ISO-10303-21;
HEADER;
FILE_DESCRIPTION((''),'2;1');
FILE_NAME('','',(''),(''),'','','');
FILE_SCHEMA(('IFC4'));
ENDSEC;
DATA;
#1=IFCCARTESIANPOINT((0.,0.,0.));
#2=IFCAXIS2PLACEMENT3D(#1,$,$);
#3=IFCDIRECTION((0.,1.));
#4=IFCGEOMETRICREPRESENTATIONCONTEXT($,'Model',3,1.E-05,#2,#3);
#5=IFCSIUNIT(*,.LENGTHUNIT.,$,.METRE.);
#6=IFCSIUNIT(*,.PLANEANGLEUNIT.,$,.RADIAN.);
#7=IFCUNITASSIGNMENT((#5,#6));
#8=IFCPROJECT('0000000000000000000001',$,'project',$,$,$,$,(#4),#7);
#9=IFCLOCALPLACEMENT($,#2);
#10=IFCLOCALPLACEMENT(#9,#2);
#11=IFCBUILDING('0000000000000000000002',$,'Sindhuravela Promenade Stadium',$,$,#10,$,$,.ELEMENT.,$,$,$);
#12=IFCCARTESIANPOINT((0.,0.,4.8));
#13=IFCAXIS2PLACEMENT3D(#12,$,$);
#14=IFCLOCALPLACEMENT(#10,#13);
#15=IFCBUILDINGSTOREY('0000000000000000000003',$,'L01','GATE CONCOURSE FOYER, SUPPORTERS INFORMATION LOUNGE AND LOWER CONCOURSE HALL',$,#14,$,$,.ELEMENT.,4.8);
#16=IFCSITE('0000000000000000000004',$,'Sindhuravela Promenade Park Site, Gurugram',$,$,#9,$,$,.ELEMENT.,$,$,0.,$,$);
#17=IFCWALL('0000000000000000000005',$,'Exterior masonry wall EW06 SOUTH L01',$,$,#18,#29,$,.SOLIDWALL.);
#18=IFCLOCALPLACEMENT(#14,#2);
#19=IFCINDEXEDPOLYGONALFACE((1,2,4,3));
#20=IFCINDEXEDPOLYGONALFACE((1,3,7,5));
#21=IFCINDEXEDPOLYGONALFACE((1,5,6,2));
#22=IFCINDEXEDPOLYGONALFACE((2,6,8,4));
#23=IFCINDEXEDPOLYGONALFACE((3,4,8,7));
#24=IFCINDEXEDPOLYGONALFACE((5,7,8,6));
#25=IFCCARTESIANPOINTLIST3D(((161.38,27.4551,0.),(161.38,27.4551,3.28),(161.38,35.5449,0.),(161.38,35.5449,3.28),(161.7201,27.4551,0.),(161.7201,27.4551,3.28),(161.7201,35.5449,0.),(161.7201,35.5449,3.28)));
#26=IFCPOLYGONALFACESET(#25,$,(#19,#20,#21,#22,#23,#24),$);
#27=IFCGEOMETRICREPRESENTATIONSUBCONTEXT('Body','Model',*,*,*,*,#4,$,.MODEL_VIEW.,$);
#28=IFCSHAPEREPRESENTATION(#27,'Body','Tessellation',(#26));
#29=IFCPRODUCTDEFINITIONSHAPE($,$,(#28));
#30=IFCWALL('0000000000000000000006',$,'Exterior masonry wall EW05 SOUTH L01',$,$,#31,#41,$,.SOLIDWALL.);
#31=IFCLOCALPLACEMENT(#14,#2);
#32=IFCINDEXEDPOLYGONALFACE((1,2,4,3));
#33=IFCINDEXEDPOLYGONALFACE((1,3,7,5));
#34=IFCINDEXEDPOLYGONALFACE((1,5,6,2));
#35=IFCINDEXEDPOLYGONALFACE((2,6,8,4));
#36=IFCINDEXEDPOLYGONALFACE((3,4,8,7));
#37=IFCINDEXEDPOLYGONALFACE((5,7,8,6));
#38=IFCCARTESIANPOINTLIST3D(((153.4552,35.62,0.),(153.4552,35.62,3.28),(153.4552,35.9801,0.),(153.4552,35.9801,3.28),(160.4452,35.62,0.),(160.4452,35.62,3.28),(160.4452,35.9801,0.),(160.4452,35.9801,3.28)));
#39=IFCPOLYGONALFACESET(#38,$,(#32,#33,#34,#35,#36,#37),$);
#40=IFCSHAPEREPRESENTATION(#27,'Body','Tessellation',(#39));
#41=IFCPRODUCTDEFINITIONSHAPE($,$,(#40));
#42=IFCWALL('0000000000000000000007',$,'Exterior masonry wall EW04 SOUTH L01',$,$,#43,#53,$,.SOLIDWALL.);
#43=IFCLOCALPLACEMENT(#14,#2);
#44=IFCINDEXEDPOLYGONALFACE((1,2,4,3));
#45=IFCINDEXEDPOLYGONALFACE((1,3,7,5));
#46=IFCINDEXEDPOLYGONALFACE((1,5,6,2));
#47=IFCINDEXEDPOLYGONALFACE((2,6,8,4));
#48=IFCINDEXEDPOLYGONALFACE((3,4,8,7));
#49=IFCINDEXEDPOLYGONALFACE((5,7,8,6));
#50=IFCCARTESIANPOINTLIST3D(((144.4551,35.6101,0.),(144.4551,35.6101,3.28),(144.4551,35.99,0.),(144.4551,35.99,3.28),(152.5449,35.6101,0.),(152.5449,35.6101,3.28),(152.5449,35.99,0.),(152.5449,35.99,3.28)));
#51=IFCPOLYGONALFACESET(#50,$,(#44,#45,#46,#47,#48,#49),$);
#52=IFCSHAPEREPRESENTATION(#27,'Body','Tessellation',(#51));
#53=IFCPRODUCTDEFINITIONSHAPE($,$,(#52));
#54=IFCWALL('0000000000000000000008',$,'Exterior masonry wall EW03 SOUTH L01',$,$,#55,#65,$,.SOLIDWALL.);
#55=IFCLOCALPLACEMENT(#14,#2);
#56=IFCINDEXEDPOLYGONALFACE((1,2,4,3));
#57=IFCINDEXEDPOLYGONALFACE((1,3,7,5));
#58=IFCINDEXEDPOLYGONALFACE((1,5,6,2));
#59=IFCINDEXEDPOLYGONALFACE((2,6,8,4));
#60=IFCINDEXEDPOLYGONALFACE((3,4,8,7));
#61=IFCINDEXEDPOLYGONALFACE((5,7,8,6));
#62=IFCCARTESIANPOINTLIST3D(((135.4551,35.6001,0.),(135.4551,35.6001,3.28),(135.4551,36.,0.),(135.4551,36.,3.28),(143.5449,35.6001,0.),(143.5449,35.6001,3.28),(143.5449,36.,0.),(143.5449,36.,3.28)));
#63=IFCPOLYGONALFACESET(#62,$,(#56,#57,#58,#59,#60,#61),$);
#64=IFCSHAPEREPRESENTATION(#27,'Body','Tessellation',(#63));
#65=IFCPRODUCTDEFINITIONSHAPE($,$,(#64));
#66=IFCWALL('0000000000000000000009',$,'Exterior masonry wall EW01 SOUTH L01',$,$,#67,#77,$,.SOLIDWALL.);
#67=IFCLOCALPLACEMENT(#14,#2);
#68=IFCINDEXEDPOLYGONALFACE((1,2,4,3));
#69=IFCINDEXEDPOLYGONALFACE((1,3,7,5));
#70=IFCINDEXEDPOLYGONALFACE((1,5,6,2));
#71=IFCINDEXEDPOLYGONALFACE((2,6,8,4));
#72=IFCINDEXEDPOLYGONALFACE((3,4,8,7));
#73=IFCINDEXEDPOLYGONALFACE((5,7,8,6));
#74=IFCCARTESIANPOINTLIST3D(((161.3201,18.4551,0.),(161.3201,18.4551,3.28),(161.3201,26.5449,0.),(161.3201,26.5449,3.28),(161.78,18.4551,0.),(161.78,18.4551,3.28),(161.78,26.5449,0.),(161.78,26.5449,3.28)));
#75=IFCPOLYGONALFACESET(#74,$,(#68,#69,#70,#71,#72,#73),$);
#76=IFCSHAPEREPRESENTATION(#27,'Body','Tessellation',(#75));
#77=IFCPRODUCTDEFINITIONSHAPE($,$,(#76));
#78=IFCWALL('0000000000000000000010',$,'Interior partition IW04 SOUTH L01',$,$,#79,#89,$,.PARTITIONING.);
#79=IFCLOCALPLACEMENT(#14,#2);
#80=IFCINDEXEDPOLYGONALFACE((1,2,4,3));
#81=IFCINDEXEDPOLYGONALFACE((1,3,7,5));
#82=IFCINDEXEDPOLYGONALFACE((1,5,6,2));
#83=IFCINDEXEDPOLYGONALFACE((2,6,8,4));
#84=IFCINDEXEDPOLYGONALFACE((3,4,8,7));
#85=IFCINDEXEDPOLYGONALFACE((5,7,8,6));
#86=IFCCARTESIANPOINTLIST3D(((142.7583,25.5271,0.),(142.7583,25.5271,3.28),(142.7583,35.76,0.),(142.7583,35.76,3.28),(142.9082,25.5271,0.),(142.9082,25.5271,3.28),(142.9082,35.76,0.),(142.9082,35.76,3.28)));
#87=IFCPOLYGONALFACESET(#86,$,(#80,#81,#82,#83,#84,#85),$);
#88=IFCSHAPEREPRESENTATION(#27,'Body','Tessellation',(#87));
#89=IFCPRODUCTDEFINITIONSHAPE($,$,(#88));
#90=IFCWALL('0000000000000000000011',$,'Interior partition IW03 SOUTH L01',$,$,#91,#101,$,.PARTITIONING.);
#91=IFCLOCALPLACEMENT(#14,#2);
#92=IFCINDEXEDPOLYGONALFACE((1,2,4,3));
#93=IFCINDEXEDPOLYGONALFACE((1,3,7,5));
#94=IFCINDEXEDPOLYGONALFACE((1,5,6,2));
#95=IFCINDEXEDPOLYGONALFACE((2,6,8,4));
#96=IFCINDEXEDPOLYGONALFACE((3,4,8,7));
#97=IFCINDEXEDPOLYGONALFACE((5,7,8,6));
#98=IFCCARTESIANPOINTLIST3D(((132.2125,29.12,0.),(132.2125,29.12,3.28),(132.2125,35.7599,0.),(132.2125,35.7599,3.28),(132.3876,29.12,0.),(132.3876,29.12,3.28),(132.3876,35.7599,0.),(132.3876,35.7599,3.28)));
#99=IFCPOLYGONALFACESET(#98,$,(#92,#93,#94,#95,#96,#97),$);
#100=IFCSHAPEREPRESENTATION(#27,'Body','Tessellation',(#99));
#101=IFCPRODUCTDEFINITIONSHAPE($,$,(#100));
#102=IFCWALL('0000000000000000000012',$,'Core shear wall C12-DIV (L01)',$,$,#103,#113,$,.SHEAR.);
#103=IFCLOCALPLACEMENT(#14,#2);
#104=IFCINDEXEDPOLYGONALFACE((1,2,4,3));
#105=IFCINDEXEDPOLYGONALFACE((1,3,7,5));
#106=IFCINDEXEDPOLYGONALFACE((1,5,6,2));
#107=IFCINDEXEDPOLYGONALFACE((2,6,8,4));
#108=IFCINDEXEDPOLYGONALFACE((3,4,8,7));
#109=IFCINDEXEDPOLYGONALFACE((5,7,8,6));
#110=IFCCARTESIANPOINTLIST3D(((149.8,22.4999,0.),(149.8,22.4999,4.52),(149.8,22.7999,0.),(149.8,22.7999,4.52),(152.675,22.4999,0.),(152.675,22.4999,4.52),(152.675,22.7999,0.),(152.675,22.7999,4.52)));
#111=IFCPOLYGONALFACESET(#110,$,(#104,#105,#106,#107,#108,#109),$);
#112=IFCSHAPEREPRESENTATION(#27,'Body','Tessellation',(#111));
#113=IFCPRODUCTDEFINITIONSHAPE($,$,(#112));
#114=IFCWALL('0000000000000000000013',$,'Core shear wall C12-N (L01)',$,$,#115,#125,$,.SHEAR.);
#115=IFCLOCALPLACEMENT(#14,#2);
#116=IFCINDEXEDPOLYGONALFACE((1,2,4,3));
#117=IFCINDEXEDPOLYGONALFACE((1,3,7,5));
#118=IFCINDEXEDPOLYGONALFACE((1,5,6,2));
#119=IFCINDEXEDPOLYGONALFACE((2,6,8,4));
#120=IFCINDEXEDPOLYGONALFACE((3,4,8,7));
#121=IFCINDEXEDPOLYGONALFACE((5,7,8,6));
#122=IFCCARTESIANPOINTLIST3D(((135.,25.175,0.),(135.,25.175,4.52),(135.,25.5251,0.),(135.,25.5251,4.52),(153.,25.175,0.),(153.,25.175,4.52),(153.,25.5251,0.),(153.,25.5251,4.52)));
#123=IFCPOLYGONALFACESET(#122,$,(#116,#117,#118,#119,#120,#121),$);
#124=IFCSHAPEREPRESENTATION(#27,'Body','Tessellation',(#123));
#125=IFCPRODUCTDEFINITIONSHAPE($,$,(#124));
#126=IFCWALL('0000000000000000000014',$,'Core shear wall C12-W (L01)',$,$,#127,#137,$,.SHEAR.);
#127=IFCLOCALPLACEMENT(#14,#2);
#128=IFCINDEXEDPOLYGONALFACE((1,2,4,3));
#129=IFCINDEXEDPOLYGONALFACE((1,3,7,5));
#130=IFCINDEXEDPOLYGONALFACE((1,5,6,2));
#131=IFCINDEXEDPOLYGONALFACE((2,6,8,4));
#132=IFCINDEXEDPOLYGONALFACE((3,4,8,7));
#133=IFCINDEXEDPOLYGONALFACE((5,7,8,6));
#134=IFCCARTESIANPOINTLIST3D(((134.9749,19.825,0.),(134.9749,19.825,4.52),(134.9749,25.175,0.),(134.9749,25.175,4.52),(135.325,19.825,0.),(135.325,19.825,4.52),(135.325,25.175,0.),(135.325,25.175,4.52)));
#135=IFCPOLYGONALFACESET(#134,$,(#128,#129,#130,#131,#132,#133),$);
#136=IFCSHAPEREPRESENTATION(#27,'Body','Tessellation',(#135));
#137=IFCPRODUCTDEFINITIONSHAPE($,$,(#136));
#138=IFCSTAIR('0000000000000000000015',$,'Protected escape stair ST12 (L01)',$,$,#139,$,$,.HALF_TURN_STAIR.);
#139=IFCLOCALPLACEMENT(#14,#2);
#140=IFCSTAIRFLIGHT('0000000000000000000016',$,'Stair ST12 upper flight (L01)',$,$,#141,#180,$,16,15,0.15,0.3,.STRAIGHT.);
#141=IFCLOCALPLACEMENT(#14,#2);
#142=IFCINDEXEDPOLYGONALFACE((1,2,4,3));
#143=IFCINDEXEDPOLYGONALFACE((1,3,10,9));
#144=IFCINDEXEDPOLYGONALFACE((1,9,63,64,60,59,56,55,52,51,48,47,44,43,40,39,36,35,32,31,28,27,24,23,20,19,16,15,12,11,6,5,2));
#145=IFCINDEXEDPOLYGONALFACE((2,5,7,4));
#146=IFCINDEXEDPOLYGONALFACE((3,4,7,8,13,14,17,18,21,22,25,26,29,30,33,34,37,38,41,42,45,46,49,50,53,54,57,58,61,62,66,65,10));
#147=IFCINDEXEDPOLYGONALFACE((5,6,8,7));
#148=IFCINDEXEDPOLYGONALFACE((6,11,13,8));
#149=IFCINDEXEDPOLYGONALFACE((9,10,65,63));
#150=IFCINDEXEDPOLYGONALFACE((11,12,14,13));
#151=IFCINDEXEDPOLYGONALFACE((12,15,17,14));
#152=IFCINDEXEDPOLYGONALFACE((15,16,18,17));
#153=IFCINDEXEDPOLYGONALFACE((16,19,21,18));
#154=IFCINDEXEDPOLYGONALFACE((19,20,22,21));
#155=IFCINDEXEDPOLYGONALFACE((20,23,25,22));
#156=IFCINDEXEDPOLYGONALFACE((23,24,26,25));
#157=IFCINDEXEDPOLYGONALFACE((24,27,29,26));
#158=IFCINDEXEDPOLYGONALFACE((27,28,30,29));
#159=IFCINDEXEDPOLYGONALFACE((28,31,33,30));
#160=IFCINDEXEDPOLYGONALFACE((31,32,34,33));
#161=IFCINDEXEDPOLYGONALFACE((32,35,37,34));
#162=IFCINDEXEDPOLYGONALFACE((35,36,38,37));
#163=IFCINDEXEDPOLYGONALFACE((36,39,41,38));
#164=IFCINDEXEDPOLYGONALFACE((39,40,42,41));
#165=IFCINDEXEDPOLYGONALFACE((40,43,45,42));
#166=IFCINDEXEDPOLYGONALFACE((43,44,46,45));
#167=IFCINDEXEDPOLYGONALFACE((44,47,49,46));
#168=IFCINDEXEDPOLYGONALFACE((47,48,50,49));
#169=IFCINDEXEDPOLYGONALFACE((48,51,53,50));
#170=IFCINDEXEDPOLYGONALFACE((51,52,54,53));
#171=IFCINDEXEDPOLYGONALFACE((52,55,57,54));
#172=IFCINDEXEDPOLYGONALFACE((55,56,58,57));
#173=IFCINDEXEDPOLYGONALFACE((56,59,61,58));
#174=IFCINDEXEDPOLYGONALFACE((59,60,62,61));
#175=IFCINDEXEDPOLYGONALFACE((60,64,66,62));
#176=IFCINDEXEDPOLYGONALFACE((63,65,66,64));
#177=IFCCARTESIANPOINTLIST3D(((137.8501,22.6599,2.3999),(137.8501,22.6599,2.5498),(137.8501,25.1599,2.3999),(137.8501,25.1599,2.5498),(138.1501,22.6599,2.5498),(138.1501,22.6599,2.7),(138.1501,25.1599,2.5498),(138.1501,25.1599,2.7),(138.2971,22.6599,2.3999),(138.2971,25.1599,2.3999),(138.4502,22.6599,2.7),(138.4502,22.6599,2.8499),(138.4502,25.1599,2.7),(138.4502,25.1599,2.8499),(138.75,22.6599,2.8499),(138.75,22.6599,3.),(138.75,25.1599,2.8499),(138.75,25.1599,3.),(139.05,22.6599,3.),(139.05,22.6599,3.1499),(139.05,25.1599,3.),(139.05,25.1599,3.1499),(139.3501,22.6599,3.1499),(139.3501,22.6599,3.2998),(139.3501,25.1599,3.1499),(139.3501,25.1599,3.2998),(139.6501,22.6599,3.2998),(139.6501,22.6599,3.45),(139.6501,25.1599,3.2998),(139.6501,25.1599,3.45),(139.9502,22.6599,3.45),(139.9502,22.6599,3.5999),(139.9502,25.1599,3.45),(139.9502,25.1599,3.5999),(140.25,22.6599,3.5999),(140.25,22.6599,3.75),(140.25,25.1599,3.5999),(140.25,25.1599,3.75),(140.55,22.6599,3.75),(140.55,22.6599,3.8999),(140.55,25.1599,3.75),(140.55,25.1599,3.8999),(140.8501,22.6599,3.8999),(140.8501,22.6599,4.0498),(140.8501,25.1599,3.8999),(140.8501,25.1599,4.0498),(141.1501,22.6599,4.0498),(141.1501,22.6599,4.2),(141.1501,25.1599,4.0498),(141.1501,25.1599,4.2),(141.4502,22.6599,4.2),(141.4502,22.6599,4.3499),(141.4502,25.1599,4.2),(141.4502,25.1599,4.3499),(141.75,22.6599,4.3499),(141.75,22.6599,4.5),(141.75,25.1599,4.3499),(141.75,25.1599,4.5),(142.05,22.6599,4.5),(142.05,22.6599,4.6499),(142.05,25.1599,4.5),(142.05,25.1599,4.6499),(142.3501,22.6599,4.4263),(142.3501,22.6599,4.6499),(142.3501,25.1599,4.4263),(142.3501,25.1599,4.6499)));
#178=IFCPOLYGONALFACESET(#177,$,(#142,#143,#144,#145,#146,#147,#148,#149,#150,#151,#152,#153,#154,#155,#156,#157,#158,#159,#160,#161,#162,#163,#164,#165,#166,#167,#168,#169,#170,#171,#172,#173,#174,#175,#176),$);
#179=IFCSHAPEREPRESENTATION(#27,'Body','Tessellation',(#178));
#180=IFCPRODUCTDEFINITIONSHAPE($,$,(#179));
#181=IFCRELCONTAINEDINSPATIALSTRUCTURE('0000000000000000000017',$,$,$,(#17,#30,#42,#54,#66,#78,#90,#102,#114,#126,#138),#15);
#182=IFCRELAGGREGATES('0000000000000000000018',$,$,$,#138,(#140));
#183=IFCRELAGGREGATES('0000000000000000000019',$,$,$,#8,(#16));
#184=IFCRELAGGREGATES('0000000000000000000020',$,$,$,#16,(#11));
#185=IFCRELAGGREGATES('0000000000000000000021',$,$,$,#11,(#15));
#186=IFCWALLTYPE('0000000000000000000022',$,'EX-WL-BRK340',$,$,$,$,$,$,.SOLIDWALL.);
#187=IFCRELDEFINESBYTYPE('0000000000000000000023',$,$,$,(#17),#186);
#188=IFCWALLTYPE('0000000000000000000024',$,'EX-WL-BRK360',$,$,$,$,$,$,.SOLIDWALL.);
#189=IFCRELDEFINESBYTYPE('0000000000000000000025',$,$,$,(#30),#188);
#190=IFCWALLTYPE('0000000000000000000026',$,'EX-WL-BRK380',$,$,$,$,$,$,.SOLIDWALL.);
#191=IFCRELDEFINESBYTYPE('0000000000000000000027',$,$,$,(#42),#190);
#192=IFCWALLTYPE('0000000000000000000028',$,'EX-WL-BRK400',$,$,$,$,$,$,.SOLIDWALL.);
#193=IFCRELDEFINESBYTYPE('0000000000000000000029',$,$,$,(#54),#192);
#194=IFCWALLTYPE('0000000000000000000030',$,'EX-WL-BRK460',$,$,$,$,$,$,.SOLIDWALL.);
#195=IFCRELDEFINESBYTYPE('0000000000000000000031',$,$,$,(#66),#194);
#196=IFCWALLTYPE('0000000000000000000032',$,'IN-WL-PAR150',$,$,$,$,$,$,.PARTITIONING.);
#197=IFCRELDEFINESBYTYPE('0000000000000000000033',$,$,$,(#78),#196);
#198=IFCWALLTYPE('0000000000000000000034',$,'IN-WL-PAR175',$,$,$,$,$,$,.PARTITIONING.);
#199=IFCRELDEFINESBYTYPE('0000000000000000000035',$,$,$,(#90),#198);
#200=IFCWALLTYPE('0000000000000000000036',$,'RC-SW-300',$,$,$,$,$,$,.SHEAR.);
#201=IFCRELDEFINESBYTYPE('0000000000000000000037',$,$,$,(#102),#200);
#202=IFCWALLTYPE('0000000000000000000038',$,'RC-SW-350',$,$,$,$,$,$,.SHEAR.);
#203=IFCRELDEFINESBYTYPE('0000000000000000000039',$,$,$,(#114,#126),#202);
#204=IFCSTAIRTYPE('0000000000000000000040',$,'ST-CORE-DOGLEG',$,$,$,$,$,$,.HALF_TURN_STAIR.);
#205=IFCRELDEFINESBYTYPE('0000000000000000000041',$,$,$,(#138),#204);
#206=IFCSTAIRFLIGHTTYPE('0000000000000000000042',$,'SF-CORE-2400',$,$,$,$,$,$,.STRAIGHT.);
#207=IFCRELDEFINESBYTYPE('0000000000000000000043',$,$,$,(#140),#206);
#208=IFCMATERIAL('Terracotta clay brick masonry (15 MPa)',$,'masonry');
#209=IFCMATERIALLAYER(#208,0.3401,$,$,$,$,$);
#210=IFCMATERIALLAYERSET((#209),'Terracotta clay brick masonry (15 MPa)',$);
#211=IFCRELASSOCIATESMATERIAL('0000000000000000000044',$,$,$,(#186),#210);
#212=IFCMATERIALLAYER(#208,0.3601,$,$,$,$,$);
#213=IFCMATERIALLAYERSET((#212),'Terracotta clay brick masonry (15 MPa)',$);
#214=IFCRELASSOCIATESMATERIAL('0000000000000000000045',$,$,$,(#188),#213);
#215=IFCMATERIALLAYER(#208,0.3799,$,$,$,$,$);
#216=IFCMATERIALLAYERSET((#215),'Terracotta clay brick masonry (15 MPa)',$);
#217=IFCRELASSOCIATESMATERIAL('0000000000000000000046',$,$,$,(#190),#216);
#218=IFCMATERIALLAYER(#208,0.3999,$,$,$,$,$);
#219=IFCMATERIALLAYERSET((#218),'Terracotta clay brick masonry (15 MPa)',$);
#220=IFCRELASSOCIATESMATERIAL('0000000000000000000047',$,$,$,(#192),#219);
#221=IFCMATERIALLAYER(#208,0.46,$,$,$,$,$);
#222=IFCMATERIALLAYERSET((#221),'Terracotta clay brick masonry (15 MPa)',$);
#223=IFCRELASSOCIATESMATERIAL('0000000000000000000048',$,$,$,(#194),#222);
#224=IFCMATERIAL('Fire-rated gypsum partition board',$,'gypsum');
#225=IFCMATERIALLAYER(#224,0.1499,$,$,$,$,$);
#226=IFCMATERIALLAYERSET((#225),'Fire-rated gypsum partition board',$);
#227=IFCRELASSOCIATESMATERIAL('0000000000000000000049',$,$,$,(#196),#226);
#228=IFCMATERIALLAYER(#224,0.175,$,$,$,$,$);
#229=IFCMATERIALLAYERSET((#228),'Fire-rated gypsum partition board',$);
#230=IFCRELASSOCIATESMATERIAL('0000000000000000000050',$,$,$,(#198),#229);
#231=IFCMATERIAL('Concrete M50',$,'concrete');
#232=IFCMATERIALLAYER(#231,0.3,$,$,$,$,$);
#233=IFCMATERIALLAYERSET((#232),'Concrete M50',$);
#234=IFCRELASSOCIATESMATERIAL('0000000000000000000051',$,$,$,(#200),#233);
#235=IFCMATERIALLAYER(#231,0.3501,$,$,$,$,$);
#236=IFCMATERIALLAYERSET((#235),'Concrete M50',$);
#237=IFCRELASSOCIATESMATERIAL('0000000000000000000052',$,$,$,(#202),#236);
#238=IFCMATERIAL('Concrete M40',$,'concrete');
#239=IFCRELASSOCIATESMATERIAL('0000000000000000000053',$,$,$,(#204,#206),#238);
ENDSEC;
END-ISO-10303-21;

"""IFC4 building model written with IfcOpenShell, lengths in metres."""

from ifc_helpers import new_model, si_unit, direction, frame, frame_2d, origin, place, context, subcontext, project, spatial, polyline, rectangle, outline, extrude, material, layer, layer_set, type_object, element, aggregate, save


model = new_model("IFC4")

# Units and contexts
model_context = context("Model", 3, precision=1e-05, world=origin(), true_north=direction((0.0, 1.0)))
body_context = subcontext(model_context, "Body", "Model", "MODEL_VIEW")
ifc_project = project(units=[si_unit("LENGTHUNIT", "METRE"), si_unit("PLANEANGLEUNIT", "RADIAN")], contexts=[model_context])

# Site, building, storey
site_placement = place(None, origin())
site = spatial("IfcSite", under=ifc_project, at=site_placement, Name="Sindhuravela Promenade Park Site, Gurugram", CompositionType="ELEMENT", RefElevation=0.0)
building_placement = place(site_placement, origin())
building = spatial("IfcBuilding", under=site, at=building_placement, Name="Sindhuravela Promenade Stadium", CompositionType="ELEMENT")
storey_placement = place(building_placement, frame((0.0, 0.0, 4.8)))
storey = spatial("IfcBuildingStorey", under=building, at=storey_placement, Name="L01", Description="GATE CONCOURSE FOYER, SUPPORTERS INFORMATION LOUNGE AND LOWER CONCOURSE HALL", CompositionType="ELEMENT", Elevation=4.8)

# Shared definitions
ifc_material_1 = material(Name="Concrete M40", Category="concrete")

# Walls
ifc_material_2 = material(Name="Terracotta clay brick masonry (15 MPa)", Category="masonry")
ifc_layer_1 = layer(ifc_material_2, 0.3401)
ifc_layer_set_1 = layer_set([ifc_layer_1], Name="Terracotta clay brick masonry (15 MPa)")
wall_type_1 = type_object("IfcWallType", Name="EX-WL-BRK340", PredefinedType="SOLIDWALL", material=ifc_layer_set_1)
wall_1_placement = place(storey_placement, frame((161.55, 35.5449, 0.0), z_axis=(0.0, 0.0, 1.0), x_axis=(0.0, -1.0, 0.0)))
element("IfcWall", 1, at=wall_1_placement, inside=storey, type_object=wall_type_1, Name="Exterior masonry wall EW06 SOUTH L01", PredefinedType="SOLIDWALL", context=body_context, shape_type="SweptSolid", body=[
    extrude(rectangle(XDim=8.0898, YDim=0.3401, at=frame_2d((4.0449, 0.0))), origin(), (0.0, 0.0, 1.0), 3.28),
])
ifc_layer_2 = layer(ifc_material_2, 0.3601)
ifc_layer_set_2 = layer_set([ifc_layer_2], Name="Terracotta clay brick masonry (15 MPa)")
wall_type_2 = type_object("IfcWallType", Name="EX-WL-BRK360", PredefinedType="SOLIDWALL", material=ifc_layer_set_2)
wall_2_placement = place(storey_placement, frame((153.4551, 35.8, 0.0), z_axis=(0.0, 0.0, 1.0), x_axis=(1.0, 0.0, 0.0)))
element("IfcWall", 2, at=wall_2_placement, inside=storey, type_object=wall_type_2, Name="Exterior masonry wall EW05 SOUTH L01", PredefinedType="SOLIDWALL", context=body_context, shape_type="SweptSolid", body=[
    extrude(rectangle(XDim=6.99, YDim=0.3601, at=frame_2d((3.4951, 0.0))), origin(), (0.0, 0.0, 1.0), 3.28),
])
ifc_layer_3 = layer(ifc_material_2, 0.3799)
ifc_layer_set_3 = layer_set([ifc_layer_3], Name="Terracotta clay brick masonry (15 MPa)")
wall_type_3 = type_object("IfcWallType", Name="EX-WL-BRK380", PredefinedType="SOLIDWALL", material=ifc_layer_set_3)
wall_3_placement = place(storey_placement, frame((144.4551, 35.8, 0.0), z_axis=(0.0, 0.0, 1.0), x_axis=(1.0, 0.0, 0.0)))
element("IfcWall", 3, at=wall_3_placement, inside=storey, type_object=wall_type_3, Name="Exterior masonry wall EW04 SOUTH L01", PredefinedType="SOLIDWALL", context=body_context, shape_type="SweptSolid", body=[
    extrude(rectangle(XDim=8.0898, YDim=0.3799, at=frame_2d((4.0449, 0.0))), origin(), (0.0, 0.0, 1.0), 3.28),
])
ifc_layer_4 = layer(ifc_material_2, 0.3999)
ifc_layer_set_4 = layer_set([ifc_layer_4], Name="Terracotta clay brick masonry (15 MPa)")
wall_type_4 = type_object("IfcWallType", Name="EX-WL-BRK400", PredefinedType="SOLIDWALL", material=ifc_layer_set_4)
wall_4_placement = place(storey_placement, frame((135.4551, 35.8, 0.0), z_axis=(0.0, 0.0, 1.0), x_axis=(1.0, 0.0, 0.0)))
element("IfcWall", 4, at=wall_4_placement, inside=storey, type_object=wall_type_4, Name="Exterior masonry wall EW03 SOUTH L01", PredefinedType="SOLIDWALL", context=body_context, shape_type="SweptSolid", body=[
    extrude(rectangle(XDim=8.0898, YDim=0.3999, at=frame_2d((4.0449, 0.0))), origin(), (0.0, 0.0, 1.0), 3.28),
])
ifc_layer_5 = layer(ifc_material_2, 0.46)
ifc_layer_set_5 = layer_set([ifc_layer_5], Name="Terracotta clay brick masonry (15 MPa)")
wall_type_5 = type_object("IfcWallType", Name="EX-WL-BRK460", PredefinedType="SOLIDWALL", material=ifc_layer_set_5)
wall_5_placement = place(storey_placement, frame((161.55, 26.5449, 0.0), z_axis=(0.0, 0.0, 1.0), x_axis=(0.0, -1.0, 0.0)))
element("IfcWall", 5, at=wall_5_placement, inside=storey, type_object=wall_type_5, Name="Exterior masonry wall EW01 SOUTH L01", PredefinedType="SOLIDWALL", context=body_context, shape_type="SweptSolid", body=[
    extrude(rectangle(XDim=8.0898, YDim=0.46, at=frame_2d((4.0449, 0.0))), origin(), (0.0, 0.0, 1.0), 3.28),
])
ifc_material_3 = material(Name="Fire-rated gypsum partition board", Category="gypsum")
ifc_layer_6 = layer(ifc_material_3, 0.1499)
ifc_layer_set_6 = layer_set([ifc_layer_6], Name="Fire-rated gypsum partition board")
wall_type_6 = type_object("IfcWallType", Name="IN-WL-PAR150", PredefinedType="PARTITIONING", material=ifc_layer_set_6)
wall_6_placement = place(storey_placement, frame((142.8333, 35.76, 0.0), z_axis=(0.0, 0.0, 1.0), x_axis=(0.0, -1.0, 0.0)))
element("IfcWall", 6, at=wall_6_placement, inside=storey, type_object=wall_type_6, Name="Interior partition IW04 SOUTH L01", PredefinedType="PARTITIONING", context=body_context, shape_type="SweptSolid", body=[
    extrude(rectangle(XDim=10.2329, YDim=0.1499, at=frame_2d((5.1165, 0.0))), origin(), (0.0, 0.0, 1.0), 3.28),
])
ifc_layer_7 = layer(ifc_material_3, 0.175)
ifc_layer_set_7 = layer_set([ifc_layer_7], Name="Fire-rated gypsum partition board")
wall_type_7 = type_object("IfcWallType", Name="IN-WL-PAR175", PredefinedType="PARTITIONING", material=ifc_layer_set_7)
wall_7_placement = place(storey_placement, frame((132.3, 29.1201, 0.0), z_axis=(0.0, 0.0, 1.0), x_axis=(0.0, 1.0, 0.0)))
element("IfcWall", 7, at=wall_7_placement, inside=storey, type_object=wall_type_7, Name="Interior partition IW03 SOUTH L01", PredefinedType="PARTITIONING", context=body_context, shape_type="SweptSolid", body=[
    extrude(rectangle(XDim=6.6399, YDim=0.175, at=frame_2d((3.3198, 0.0))), origin(), (0.0, 0.0, 1.0), 3.28),
])
ifc_material_4 = material(Name="Concrete M50", Category="concrete")
ifc_layer_8 = layer(ifc_material_4, 0.3)
ifc_layer_set_8 = layer_set([ifc_layer_8], Name="Concrete M50")
wall_type_8 = type_object("IfcWallType", Name="RC-SW-300", PredefinedType="SHEAR", material=ifc_layer_set_8)
wall_8_placement = place(storey_placement, frame((149.8, 22.6499, 0.0), z_axis=(0.0, 0.0, 1.0), x_axis=(1.0, 0.0, 0.0)))
element("IfcWall", 8, at=wall_8_placement, inside=storey, type_object=wall_type_8, Name="Core shear wall C12-DIV (L01)", PredefinedType="SHEAR", context=body_context, shape_type="SweptSolid", body=[
    extrude(rectangle(XDim=2.875, YDim=0.3, at=frame_2d((1.4375, 0.0))), origin(), (0.0, 0.0, 1.0), 4.52),
])
ifc_layer_9 = layer(ifc_material_4, 0.3501)
ifc_layer_set_9 = layer_set([ifc_layer_9], Name="Concrete M50")
wall_type_9 = type_object("IfcWallType", Name="RC-SW-350", PredefinedType="SHEAR", material=ifc_layer_set_9)
wall_9_placement = place(storey_placement, frame((153.0, 25.3501, 0.0), z_axis=(0.0, 0.0, 1.0), x_axis=(-1.0, 0.0, 0.0)))
element("IfcWall", 9, at=wall_9_placement, inside=storey, type_object=wall_type_9, Name="Core shear wall C12-N (L01)", PredefinedType="SHEAR", context=body_context, shape_type="SweptSolid", body=[
    extrude(rectangle(XDim=18.0, YDim=0.3501, at=frame_2d((9.0, 0.0))), origin(), (0.0, 0.0, 1.0), 4.52),
])
wall_10_placement = place(storey_placement, frame((135.1499, 25.175, 0.0), z_axis=(0.0, 0.0, 1.0), x_axis=(0.0, -1.0, 0.0)))
element("IfcWall", 10, at=wall_10_placement, inside=storey, type_object=wall_type_9, Name="Core shear wall C12-W (L01)", PredefinedType="SHEAR", context=body_context, shape_type="SweptSolid", body=[
    extrude(rectangle(XDim=5.3501, YDim=0.3501, at=frame_2d((2.675, 0.0))), origin(), (0.0, 0.0, 1.0), 4.52),
])

# Stair, stair flight
stair_type = type_object("IfcStairType", Name="ST-CORE-DOGLEG", PredefinedType="HALF_TURN_STAIR", material=ifc_material_1)
stair_placement = place(storey_placement, origin())
stair = element("IfcStair", 11, at=stair_placement, inside=storey, type_object=stair_type, Name="Protected escape stair ST12 (L01)", PredefinedType="HALF_TURN_STAIR")
stair_flight_type = type_object("IfcStairFlightType", Name="SF-CORE-2400", PredefinedType="STRAIGHT", material=ifc_material_1)
stair_flight_placement = place(storey_placement, frame((137.8501, 23.9099, 2.3999), z_axis=(0.0, 0.0, 1.0), x_axis=(1.0, 0.0, 0.0)))
stair_flight = element("IfcStairFlight", 12, at=stair_flight_placement, type_object=stair_flight_type, Name="Stair ST12 upper flight (L01)", NumberOfRisers=16, NumberOfTreads=15, PredefinedType="STRAIGHT", RiserHeight=0.15, TreadLength=0.3, context=body_context, shape_type="SweptSolid", body=[
    extrude(outline(polyline([(0.0, 0.0), (0.0, 0.1499), (0.3, 0.1499), (0.3, 0.3), (0.6001, 0.3), (0.6001, 0.45), (0.8999, 0.45), (0.8999, 0.6001), (1.2, 0.6001), (1.2, 0.75), (1.5, 0.75), (1.5, 0.8999), (1.8, 0.8999), (1.8, 1.05), (2.1001, 1.05), (2.1001, 1.2), (2.3999, 1.2), (2.3999, 1.3501), (2.7, 1.3501), (2.7, 1.5), (3.0, 1.5), (3.0, 1.6499), (3.3, 1.6499), (3.3, 1.8), (3.6001, 1.8), (3.6001, 1.95), (3.8999, 1.95), (3.8999, 2.1001), (4.2, 2.1001), (4.2, 2.25), (4.5, 2.25), (4.5, 2.3999), (4.5, 2.0264), (0.447, 0.0), (0.0, 0.0)])), frame((0.0, 1.25, 0.0), z_axis=(0.0, -1.0, 0.0), x_axis=(1.0, 0.0, 0.0)), (0.0, 0.0, 1.0), 2.5),
])
aggregate(stair, [stair_flight])

save(model, "model.ifc")
